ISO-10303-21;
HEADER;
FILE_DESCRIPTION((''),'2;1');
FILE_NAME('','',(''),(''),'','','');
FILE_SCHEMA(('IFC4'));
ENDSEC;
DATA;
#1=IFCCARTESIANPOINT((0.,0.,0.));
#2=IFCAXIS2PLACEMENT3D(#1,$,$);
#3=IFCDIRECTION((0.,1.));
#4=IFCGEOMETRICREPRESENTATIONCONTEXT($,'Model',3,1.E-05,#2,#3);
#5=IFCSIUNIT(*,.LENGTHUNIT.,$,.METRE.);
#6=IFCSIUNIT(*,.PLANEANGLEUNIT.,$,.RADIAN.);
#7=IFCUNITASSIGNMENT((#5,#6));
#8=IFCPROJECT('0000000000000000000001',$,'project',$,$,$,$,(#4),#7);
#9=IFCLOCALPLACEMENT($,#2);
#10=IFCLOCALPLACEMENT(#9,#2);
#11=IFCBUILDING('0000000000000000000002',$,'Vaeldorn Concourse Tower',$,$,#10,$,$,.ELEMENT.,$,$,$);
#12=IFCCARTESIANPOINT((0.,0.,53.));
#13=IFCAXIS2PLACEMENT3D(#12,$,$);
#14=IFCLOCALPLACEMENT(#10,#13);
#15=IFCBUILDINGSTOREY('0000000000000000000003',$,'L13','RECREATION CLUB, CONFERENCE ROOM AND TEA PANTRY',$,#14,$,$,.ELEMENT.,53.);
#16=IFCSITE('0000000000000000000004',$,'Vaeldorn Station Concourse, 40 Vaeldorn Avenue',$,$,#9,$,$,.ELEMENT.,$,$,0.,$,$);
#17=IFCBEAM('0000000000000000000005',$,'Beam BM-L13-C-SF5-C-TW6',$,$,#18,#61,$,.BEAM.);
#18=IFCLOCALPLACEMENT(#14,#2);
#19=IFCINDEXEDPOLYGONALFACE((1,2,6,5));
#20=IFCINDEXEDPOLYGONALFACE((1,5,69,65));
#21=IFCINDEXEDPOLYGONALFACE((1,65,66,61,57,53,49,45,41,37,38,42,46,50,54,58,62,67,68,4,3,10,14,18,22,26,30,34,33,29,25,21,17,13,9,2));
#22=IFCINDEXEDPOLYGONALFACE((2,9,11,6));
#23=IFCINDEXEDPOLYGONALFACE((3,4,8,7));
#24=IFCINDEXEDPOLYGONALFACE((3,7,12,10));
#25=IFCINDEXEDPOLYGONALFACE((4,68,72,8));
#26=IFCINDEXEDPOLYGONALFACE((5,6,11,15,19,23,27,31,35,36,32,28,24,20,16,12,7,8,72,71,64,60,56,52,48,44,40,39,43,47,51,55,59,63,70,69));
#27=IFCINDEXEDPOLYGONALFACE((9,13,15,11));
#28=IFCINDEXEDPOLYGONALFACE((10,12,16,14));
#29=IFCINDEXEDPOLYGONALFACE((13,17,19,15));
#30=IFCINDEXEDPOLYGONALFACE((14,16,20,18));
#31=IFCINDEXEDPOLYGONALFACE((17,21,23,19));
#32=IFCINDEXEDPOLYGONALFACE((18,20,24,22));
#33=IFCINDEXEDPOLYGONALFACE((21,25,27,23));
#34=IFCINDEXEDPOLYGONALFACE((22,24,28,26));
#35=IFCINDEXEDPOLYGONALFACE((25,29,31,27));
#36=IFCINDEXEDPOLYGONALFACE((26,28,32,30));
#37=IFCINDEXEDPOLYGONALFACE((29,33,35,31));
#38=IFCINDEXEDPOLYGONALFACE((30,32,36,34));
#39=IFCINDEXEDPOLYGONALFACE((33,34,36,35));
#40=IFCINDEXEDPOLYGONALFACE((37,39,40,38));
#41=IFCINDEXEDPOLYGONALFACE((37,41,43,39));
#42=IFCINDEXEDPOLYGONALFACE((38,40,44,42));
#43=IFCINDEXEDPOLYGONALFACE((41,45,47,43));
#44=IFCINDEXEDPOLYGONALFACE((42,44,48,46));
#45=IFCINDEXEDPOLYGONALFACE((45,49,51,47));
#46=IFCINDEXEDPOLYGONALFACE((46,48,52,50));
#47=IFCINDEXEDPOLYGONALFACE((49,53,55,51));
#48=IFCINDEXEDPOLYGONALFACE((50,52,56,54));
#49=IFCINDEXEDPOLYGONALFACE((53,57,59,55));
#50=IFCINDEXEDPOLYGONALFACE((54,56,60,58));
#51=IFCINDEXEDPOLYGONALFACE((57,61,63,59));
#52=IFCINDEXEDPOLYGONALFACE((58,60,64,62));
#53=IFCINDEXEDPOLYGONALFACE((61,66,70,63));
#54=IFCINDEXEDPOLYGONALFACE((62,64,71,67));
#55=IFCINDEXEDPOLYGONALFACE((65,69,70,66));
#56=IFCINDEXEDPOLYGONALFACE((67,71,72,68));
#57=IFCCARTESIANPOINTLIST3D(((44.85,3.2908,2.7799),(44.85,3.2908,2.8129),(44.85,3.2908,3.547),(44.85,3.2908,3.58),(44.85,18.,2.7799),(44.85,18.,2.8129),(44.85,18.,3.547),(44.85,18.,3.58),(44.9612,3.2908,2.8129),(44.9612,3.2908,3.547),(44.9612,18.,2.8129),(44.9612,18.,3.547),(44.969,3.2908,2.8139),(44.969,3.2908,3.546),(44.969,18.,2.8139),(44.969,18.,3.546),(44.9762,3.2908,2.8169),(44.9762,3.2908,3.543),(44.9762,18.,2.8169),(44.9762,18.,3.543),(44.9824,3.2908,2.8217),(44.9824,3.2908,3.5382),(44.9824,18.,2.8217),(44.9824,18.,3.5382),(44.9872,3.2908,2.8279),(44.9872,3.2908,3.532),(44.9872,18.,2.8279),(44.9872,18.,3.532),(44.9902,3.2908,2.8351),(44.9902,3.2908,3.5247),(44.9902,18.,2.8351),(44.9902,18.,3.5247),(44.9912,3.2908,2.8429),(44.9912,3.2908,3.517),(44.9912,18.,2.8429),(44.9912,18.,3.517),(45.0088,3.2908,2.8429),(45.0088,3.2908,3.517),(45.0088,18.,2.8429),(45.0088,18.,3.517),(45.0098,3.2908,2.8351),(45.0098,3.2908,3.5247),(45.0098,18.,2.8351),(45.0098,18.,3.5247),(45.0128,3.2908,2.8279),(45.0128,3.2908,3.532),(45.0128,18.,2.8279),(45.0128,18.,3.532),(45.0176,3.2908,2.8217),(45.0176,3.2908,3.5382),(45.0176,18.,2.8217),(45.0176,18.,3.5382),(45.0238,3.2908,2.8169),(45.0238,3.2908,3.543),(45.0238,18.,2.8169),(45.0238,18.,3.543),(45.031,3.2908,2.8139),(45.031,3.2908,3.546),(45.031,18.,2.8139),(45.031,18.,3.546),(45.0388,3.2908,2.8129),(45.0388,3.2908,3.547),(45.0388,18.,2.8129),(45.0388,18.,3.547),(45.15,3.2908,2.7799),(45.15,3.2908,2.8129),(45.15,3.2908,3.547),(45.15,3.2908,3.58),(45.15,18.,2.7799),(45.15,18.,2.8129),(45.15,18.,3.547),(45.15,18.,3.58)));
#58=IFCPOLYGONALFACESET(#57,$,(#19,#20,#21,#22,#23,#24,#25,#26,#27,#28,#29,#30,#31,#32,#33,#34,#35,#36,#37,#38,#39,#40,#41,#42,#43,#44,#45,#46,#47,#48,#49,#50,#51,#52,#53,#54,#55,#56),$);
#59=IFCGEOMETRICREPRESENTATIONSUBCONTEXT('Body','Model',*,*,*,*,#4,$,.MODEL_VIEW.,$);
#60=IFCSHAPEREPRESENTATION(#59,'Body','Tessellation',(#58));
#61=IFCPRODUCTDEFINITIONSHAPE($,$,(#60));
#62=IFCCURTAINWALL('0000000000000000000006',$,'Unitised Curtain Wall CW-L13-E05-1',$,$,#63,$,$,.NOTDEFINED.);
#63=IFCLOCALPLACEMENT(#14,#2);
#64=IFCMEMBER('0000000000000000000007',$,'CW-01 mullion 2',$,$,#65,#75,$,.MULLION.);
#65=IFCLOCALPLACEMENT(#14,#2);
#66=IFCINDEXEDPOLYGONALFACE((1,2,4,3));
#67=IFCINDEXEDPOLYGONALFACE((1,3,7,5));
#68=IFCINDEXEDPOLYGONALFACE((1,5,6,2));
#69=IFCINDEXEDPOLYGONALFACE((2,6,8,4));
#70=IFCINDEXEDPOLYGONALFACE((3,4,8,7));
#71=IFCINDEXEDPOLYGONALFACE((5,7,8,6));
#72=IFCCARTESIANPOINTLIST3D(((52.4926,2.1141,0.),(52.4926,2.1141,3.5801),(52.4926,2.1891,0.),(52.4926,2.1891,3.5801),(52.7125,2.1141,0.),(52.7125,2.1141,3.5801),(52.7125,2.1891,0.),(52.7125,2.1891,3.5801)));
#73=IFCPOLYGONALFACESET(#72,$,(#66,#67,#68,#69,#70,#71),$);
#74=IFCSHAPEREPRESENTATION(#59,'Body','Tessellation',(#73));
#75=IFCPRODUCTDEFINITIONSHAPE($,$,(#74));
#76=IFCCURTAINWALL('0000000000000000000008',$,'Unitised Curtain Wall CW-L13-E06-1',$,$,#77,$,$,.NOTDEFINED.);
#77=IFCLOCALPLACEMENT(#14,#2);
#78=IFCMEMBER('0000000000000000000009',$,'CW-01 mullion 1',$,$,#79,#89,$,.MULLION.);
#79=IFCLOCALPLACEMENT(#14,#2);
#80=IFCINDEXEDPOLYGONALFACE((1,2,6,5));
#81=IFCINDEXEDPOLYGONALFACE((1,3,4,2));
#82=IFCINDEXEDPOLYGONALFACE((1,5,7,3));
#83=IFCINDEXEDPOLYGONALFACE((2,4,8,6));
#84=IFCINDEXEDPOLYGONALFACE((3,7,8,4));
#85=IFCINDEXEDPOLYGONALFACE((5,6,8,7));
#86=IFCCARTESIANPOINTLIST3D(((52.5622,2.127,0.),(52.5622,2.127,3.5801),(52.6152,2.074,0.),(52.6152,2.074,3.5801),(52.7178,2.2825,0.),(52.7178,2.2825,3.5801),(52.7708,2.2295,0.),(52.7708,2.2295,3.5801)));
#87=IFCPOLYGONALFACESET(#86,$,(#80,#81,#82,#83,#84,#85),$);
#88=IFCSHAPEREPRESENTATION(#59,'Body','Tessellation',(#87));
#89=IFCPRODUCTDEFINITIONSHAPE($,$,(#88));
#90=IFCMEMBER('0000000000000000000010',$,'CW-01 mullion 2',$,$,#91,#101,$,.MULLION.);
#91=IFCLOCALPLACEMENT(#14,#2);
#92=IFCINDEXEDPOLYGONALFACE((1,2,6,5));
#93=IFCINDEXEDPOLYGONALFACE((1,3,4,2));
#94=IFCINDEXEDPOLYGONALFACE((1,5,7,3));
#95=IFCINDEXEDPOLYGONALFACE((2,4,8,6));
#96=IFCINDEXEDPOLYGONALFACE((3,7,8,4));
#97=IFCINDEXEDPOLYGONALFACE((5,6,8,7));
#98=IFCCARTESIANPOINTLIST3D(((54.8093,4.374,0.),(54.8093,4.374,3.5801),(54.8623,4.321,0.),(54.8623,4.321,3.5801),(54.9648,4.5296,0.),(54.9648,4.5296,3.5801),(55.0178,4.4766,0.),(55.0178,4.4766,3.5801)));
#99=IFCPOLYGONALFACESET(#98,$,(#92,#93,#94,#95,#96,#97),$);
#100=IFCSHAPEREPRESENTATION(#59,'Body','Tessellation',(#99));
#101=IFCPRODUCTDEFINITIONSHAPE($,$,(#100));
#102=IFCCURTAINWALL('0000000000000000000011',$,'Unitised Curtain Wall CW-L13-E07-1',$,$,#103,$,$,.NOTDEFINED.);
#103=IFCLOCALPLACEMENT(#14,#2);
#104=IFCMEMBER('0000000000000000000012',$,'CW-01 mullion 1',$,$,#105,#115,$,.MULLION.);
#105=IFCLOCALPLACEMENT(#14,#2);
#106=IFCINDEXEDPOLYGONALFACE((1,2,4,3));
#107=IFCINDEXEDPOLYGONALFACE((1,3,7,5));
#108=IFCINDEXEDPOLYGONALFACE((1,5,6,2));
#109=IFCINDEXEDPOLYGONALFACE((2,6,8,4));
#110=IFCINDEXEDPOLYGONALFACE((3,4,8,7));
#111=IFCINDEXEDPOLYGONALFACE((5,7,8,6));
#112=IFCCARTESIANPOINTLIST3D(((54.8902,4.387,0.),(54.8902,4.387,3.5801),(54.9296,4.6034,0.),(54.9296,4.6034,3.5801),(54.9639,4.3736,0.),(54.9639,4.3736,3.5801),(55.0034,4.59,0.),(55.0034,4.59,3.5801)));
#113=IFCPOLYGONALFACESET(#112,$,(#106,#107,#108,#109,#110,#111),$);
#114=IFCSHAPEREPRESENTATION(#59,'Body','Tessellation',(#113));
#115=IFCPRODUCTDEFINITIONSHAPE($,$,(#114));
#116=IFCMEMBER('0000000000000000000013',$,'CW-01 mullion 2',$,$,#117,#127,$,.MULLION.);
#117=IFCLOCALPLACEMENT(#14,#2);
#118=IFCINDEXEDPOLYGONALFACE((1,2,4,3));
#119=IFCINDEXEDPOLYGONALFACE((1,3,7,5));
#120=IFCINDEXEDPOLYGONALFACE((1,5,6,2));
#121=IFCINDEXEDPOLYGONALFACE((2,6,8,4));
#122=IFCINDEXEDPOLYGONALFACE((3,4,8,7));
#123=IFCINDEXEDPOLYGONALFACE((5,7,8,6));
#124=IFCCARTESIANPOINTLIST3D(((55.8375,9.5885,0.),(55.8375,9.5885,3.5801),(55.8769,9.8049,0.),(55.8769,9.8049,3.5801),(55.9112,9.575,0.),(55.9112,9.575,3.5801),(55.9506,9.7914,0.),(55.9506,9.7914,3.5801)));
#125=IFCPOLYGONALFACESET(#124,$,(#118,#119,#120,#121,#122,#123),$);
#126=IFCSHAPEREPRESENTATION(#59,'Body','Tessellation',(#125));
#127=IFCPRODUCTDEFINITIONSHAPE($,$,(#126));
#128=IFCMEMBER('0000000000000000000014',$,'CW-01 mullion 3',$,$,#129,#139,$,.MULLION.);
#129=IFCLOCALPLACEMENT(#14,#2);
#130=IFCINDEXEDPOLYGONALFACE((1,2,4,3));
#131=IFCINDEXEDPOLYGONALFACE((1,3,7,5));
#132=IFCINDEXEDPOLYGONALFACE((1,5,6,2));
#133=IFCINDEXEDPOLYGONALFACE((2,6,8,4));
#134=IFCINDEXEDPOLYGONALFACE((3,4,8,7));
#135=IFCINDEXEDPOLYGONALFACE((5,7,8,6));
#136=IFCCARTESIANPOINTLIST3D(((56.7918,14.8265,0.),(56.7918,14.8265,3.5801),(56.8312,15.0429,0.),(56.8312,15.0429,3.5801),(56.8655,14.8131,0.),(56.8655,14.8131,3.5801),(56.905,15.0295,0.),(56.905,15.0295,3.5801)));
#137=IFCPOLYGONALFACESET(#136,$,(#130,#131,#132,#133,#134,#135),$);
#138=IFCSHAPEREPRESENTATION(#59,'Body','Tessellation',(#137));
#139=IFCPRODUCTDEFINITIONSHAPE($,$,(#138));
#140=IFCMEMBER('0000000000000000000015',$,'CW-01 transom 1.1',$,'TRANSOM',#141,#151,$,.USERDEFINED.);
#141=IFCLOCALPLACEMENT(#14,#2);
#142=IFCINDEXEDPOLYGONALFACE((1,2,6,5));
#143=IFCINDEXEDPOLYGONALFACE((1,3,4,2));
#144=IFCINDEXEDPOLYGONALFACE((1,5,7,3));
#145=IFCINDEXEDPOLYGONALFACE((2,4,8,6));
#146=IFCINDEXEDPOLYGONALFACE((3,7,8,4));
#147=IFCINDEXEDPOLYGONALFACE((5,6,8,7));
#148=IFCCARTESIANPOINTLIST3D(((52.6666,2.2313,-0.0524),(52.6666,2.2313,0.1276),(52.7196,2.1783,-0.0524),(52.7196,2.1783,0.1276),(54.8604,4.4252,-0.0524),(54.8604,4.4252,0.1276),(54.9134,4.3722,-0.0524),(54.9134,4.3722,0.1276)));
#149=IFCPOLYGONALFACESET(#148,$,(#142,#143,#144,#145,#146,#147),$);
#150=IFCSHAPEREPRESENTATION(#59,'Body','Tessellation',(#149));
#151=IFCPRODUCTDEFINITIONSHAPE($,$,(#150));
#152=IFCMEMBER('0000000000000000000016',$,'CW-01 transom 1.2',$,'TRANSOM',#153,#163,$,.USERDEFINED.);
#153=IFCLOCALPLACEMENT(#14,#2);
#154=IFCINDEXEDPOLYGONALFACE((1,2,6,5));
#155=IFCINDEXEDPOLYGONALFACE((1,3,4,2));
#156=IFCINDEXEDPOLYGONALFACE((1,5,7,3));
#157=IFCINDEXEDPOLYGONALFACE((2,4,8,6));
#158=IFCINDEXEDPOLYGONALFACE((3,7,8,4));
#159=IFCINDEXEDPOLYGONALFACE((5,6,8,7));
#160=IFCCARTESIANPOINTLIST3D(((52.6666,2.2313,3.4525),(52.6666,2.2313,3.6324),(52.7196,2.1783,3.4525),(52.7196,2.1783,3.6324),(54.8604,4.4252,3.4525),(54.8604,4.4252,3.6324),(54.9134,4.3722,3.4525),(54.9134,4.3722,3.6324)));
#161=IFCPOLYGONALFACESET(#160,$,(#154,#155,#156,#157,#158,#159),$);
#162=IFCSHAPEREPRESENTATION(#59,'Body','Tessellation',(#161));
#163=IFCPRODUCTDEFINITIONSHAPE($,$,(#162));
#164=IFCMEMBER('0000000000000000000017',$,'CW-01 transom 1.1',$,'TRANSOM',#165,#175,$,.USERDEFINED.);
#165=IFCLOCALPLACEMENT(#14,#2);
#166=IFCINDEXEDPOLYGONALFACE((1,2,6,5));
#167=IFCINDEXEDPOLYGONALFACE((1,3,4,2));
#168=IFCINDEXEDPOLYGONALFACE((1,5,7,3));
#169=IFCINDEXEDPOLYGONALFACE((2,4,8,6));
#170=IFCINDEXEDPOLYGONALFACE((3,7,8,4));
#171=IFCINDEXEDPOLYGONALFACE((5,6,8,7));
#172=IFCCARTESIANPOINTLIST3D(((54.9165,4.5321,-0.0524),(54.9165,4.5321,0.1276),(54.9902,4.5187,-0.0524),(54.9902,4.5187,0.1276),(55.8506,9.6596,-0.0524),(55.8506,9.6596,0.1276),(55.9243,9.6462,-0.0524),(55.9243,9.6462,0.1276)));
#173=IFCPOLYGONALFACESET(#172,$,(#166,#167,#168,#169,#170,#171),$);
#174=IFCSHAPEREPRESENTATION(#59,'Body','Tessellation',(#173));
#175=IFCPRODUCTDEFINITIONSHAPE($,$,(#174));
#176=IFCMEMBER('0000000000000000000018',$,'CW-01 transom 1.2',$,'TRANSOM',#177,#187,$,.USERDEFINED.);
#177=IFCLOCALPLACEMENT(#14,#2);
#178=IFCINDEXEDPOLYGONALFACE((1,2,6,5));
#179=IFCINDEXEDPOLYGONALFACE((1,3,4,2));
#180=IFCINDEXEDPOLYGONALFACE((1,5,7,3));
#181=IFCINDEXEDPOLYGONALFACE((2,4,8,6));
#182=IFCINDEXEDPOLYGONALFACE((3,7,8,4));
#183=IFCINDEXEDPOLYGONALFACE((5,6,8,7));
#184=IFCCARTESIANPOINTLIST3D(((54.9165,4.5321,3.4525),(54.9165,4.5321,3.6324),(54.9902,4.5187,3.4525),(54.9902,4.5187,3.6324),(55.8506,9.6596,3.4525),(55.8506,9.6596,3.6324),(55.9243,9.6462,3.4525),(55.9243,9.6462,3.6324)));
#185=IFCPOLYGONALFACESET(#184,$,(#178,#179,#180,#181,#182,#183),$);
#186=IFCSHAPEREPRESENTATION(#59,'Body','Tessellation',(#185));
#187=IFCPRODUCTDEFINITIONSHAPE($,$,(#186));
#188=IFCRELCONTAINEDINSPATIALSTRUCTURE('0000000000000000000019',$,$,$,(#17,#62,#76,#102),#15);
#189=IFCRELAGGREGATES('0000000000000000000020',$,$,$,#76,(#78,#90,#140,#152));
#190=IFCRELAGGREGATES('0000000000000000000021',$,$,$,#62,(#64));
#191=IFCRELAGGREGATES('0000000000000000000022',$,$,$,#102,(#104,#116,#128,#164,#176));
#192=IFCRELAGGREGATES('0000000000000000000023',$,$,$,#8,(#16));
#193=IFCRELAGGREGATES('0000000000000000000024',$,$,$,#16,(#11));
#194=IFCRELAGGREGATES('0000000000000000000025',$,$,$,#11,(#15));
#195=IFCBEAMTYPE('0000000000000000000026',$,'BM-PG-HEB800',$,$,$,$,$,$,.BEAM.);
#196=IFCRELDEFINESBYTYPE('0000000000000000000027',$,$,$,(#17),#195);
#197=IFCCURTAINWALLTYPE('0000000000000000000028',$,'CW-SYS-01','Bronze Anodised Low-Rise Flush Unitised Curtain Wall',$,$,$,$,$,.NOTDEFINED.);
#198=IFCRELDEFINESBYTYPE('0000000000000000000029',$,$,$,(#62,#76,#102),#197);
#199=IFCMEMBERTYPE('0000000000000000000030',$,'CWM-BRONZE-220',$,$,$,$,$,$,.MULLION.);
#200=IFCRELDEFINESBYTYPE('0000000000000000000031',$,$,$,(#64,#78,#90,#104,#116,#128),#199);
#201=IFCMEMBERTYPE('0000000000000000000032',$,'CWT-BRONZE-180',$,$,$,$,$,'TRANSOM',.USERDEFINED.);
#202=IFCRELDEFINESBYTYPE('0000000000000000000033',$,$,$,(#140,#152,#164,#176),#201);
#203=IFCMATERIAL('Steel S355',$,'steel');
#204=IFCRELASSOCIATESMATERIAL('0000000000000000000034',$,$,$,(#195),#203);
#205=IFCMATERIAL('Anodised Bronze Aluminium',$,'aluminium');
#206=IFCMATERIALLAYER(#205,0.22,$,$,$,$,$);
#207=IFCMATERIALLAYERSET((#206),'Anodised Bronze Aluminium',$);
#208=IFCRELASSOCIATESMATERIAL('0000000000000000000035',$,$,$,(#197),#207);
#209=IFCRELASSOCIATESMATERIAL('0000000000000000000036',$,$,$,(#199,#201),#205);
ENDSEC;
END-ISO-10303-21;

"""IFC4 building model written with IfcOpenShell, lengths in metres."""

from ifc_helpers import new_model, si_unit, direction, frame, origin, origin_2d, place, context, subcontext, project, spatial, rectangle, i_section, extrude, source, transform, mapped, material, layer, layer_set, material_profile, profile_set, type_object, element, aggregate, save


model = new_model("IFC4")

# Units and contexts
model_context = context("Model", 3, precision=1e-05, world=origin(), true_north=direction((0.0, 1.0)))
body_context = subcontext(model_context, "Body", "Model", "MODEL_VIEW")
ifc_project = project(units=[si_unit("LENGTHUNIT", "METRE"), si_unit("PLANEANGLEUNIT", "RADIAN")], contexts=[model_context])

# Site, building, storey
site_placement = place(None, origin())
site = spatial("IfcSite", under=ifc_project, at=site_placement, Name="Vaeldorn Station Concourse, 40 Vaeldorn Avenue", CompositionType="ELEMENT", RefElevation=0.0)
building_placement = place(site_placement, origin())
building = spatial("IfcBuilding", under=site, at=building_placement, Name="Vaeldorn Concourse Tower", CompositionType="ELEMENT")
storey_placement = place(building_placement, frame((0.0, 0.0, 53.0)))
storey = spatial("IfcBuildingStorey", under=building, at=storey_placement, Name="L13", Description="RECREATION CLUB, CONFERENCE ROOM AND TEA PANTRY", CompositionType="ELEMENT", Elevation=53.0)

# Beam
ifc_material_1 = material(Name="Steel S355", Category="steel")
ifc_material_profile_1 = material_profile(ifc_material_1, i_section(OverallWidth=0.3, OverallDepth=0.8, WebThickness=0.0176, FlangeThickness=0.033, FilletRadius=0.03, at=origin_2d()), Name="HEB 800")
ifc_profile_set_1 = profile_set([ifc_material_profile_1], Name="Steel S355")
beam_type_1 = type_object("IfcBeamType", Name="BM-PG-HEB800", PredefinedType="BEAM", material=ifc_profile_set_1)
shared_shape_1 = source(origin(), body_context, "Body", "SweptSolid", [
    extrude(i_section(OverallWidth=0.3, OverallDepth=0.8, WebThickness=0.0176, FlangeThickness=0.033, FilletRadius=0.03, at=origin_2d()), origin(), (0.0, 0.0, 1.0), 14.7092),
])
beam_1_placement = place(storey_placement, frame((45.0, 3.2908, 3.1799), z_axis=(0.0, 1.0, 0.0), x_axis=(-1.0, 0.0, 0.0)))
element("IfcBeam", 1, at=beam_1_placement, inside=storey, type_object=beam_type_1, Name="Beam BM-L13-C-SF5-C-TW6", PredefinedType="BEAM", context=body_context, shape_type="MappedRepresentation", body=[
    mapped(shared_shape_1, transform((0.0, 0.0, 0.0), scale=1.0)),
])

# Curtain wall, member
ifc_material_2 = material(Name="Anodised Bronze Aluminium", Category="aluminium")
ifc_layer_1 = layer(ifc_material_2, 0.22)
ifc_layer_set_1 = layer_set([ifc_layer_1], Name="Anodised Bronze Aluminium")
curtain_wall_type = type_object("IfcCurtainWallType", Name="CW-SYS-01", Description="Bronze Anodised Low-Rise Flush Unitised Curtain Wall", PredefinedType="NOTDEFINED", material=ifc_layer_set_1)
curtain_wall_1_placement = place(storey_placement, origin())
curtain_wall_1 = element("IfcCurtainWall", 2, at=curtain_wall_1_placement, inside=storey, type_object=curtain_wall_type, Name="Unitised Curtain Wall CW-L13-E05-1", PredefinedType="NOTDEFINED")
ifc_material_profile_2 = material_profile(ifc_material_2, rectangle(XDim=0.075, YDim=0.22, at=origin_2d()), Name="CWM 75x220")
ifc_profile_set_2 = profile_set([ifc_material_profile_2], Name="Anodised Bronze Aluminium")
member_type_1 = type_object("IfcMemberType", Name="CWM-BRONZE-220", PredefinedType="MULLION", material=ifc_profile_set_2)
shared_shape_2 = source(origin(), body_context, "Body", "SweptSolid", [
    extrude(rectangle(XDim=0.075, YDim=0.22, at=origin_2d()), origin(), (0.0, 0.0, 1.0), 3.5801),
])
member_1_placement = place(storey_placement, frame((52.6025, 2.1516, 0.0), z_axis=(0.0, 0.0, 1.0), x_axis=(0.0, 1.0, 0.0)))
member_1 = element("IfcMember", 3, at=member_1_placement, type_object=member_type_1, Name="CW-01 mullion 2", PredefinedType="MULLION", context=body_context, shape_type="MappedRepresentation", body=[
    mapped(shared_shape_2, transform((0.0, 0.0, 0.0), scale=1.0)),
])

# Curtain walls, members
curtain_wall_2_placement = place(storey_placement, origin())
curtain_wall_2 = element("IfcCurtainWall", 4, at=curtain_wall_2_placement, inside=storey, type_object=curtain_wall_type, Name="Unitised Curtain Wall CW-L13-E06-1", PredefinedType="NOTDEFINED")
member_2_placement = place(storey_placement, frame((52.6665, 2.1782, 0.0), z_axis=(0.0, 0.0, 1.0), x_axis=(-0.707107, 0.707107, 0.0)))
member_2 = element("IfcMember", 5, at=member_2_placement, type_object=member_type_1, Name="CW-01 mullion 1", PredefinedType="MULLION", context=body_context, shape_type="MappedRepresentation", body=[
    mapped(shared_shape_2, transform((0.0, 0.0, 0.0), scale=1.0)),
])
member_3_placement = place(storey_placement, frame((54.9136, 4.4253, 0.0), z_axis=(0.0, 0.0, 1.0), x_axis=(-0.707107, 0.707107, 0.0)))
member_3 = element("IfcMember", 6, at=member_3_placement, type_object=member_type_1, Name="CW-01 mullion 2", PredefinedType="MULLION", context=body_context, shape_type="MappedRepresentation", body=[
    mapped(shared_shape_2, transform((0.0, 0.0, 0.0), scale=1.0)),
])
curtain_wall_3_placement = place(storey_placement, origin())
curtain_wall_3 = element("IfcCurtainWall", 7, at=curtain_wall_3_placement, inside=storey, type_object=curtain_wall_type, Name="Unitised Curtain Wall CW-L13-E07-1", PredefinedType="NOTDEFINED")
member_4_placement = place(storey_placement, frame((54.9468, 4.4885, 0.0), z_axis=(0.0, 0.0, 1.0), x_axis=(-0.983812, 0.179206, 0.0)))
member_4 = element("IfcMember", 8, at=member_4_placement, type_object=member_type_1, Name="CW-01 mullion 1", PredefinedType="MULLION", context=body_context, shape_type="MappedRepresentation", body=[
    mapped(shared_shape_2, transform((0.0, 0.0, 0.0), scale=1.0)),
])
member_5_placement = place(storey_placement, frame((55.894, 9.6899, 0.0), z_axis=(0.0, 0.0, 1.0), x_axis=(-0.983812, 0.179206, 0.0)))
member_5 = element("IfcMember", 9, at=member_5_placement, type_object=member_type_1, Name="CW-01 mullion 2", PredefinedType="MULLION", context=body_context, shape_type="MappedRepresentation", body=[
    mapped(shared_shape_2, transform((0.0, 0.0, 0.0), scale=1.0)),
])
member_6_placement = place(storey_placement, frame((56.8484, 14.928, 0.0), z_axis=(0.0, 0.0, 1.0), x_axis=(-0.983812, 0.179206, 0.0)))
member_6 = element("IfcMember", 10, at=member_6_placement, type_object=member_type_1, Name="CW-01 mullion 3", PredefinedType="MULLION", context=body_context, shape_type="MappedRepresentation", body=[
    mapped(shared_shape_2, transform((0.0, 0.0, 0.0), scale=1.0)),
])

# Members
ifc_material_profile_3 = material_profile(ifc_material_2, rectangle(XDim=0.075, YDim=0.1799, at=origin_2d()), Name="CWT 75x180")
ifc_profile_set_3 = profile_set([ifc_material_profile_3], Name="Anodised Bronze Aluminium")
member_type_2 = type_object("IfcMemberType", Name="CWT-BRONZE-180", ElementType="TRANSOM", PredefinedType="USERDEFINED", material=ifc_profile_set_3)
shared_shape_3 = source(origin(), body_context, "Body", "SweptSolid", [
    extrude(rectangle(XDim=0.075, YDim=0.1799, at=origin_2d()), origin(), (0.0, 0.0, 1.0), 3.1025),
])
member_7_placement = place(storey_placement, frame((52.6931, 2.2048, 0.0376), z_axis=(0.707107, 0.707107, 0.0), x_axis=(-0.707107, 0.707107, 0.0)))
member_7 = element("IfcMember", 11, at=member_7_placement, type_object=member_type_2, Name="CW-01 transom 1.1", ObjectType="TRANSOM", PredefinedType="USERDEFINED", context=body_context, shape_type="MappedRepresentation", body=[
    mapped(shared_shape_3, transform((0.0, 0.0, 0.0), scale=1.0)),
])
member_8_placement = place(storey_placement, frame((52.6931, 2.2048, 3.5425), z_axis=(0.707107, 0.707107, 0.0), x_axis=(-0.707107, 0.707107, 0.0)))
member_8 = element("IfcMember", 12, at=member_8_placement, type_object=member_type_2, Name="CW-01 transom 1.2", ObjectType="TRANSOM", PredefinedType="USERDEFINED", context=body_context, shape_type="MappedRepresentation", body=[
    mapped(shared_shape_3, transform((0.0, 0.0, 0.0), scale=1.0)),
])
shared_shape_4 = source(origin(), body_context, "Body", "SweptSolid", [
    extrude(rectangle(XDim=0.075, YDim=0.1799, at=origin_2d()), origin(), (0.0, 0.0, 1.0), 5.2119),
])
member_9_placement = place(storey_placement, frame((54.9534, 4.5254, 0.0376), z_axis=(0.179223, 0.983808, 0.0), x_axis=(-0.983808, 0.179223, 0.0)))
member_9 = element("IfcMember", 13, at=member_9_placement, type_object=member_type_2, Name="CW-01 transom 1.1", ObjectType="TRANSOM", PredefinedType="USERDEFINED", context=body_context, shape_type="MappedRepresentation", body=[
    mapped(shared_shape_4, transform((0.0, 0.0, 0.0), scale=1.0)),
])
member_10_placement = place(storey_placement, frame((54.9534, 4.5254, 3.5425), z_axis=(0.179223, 0.983808, 0.0), x_axis=(-0.983808, 0.179223, 0.0)))
member_10 = element("IfcMember", 14, at=member_10_placement, type_object=member_type_2, Name="CW-01 transom 1.2", ObjectType="TRANSOM", PredefinedType="USERDEFINED", context=body_context, shape_type="MappedRepresentation", body=[
    mapped(shared_shape_4, transform((0.0, 0.0, 0.0), scale=1.0)),
])

aggregate(curtain_wall_2, [member_2, member_3, member_7, member_8])
aggregate(curtain_wall_1, [member_1])
aggregate(curtain_wall_3, [member_4, member_5, member_6, member_9, member_10])

save(model, "model.ifc")
